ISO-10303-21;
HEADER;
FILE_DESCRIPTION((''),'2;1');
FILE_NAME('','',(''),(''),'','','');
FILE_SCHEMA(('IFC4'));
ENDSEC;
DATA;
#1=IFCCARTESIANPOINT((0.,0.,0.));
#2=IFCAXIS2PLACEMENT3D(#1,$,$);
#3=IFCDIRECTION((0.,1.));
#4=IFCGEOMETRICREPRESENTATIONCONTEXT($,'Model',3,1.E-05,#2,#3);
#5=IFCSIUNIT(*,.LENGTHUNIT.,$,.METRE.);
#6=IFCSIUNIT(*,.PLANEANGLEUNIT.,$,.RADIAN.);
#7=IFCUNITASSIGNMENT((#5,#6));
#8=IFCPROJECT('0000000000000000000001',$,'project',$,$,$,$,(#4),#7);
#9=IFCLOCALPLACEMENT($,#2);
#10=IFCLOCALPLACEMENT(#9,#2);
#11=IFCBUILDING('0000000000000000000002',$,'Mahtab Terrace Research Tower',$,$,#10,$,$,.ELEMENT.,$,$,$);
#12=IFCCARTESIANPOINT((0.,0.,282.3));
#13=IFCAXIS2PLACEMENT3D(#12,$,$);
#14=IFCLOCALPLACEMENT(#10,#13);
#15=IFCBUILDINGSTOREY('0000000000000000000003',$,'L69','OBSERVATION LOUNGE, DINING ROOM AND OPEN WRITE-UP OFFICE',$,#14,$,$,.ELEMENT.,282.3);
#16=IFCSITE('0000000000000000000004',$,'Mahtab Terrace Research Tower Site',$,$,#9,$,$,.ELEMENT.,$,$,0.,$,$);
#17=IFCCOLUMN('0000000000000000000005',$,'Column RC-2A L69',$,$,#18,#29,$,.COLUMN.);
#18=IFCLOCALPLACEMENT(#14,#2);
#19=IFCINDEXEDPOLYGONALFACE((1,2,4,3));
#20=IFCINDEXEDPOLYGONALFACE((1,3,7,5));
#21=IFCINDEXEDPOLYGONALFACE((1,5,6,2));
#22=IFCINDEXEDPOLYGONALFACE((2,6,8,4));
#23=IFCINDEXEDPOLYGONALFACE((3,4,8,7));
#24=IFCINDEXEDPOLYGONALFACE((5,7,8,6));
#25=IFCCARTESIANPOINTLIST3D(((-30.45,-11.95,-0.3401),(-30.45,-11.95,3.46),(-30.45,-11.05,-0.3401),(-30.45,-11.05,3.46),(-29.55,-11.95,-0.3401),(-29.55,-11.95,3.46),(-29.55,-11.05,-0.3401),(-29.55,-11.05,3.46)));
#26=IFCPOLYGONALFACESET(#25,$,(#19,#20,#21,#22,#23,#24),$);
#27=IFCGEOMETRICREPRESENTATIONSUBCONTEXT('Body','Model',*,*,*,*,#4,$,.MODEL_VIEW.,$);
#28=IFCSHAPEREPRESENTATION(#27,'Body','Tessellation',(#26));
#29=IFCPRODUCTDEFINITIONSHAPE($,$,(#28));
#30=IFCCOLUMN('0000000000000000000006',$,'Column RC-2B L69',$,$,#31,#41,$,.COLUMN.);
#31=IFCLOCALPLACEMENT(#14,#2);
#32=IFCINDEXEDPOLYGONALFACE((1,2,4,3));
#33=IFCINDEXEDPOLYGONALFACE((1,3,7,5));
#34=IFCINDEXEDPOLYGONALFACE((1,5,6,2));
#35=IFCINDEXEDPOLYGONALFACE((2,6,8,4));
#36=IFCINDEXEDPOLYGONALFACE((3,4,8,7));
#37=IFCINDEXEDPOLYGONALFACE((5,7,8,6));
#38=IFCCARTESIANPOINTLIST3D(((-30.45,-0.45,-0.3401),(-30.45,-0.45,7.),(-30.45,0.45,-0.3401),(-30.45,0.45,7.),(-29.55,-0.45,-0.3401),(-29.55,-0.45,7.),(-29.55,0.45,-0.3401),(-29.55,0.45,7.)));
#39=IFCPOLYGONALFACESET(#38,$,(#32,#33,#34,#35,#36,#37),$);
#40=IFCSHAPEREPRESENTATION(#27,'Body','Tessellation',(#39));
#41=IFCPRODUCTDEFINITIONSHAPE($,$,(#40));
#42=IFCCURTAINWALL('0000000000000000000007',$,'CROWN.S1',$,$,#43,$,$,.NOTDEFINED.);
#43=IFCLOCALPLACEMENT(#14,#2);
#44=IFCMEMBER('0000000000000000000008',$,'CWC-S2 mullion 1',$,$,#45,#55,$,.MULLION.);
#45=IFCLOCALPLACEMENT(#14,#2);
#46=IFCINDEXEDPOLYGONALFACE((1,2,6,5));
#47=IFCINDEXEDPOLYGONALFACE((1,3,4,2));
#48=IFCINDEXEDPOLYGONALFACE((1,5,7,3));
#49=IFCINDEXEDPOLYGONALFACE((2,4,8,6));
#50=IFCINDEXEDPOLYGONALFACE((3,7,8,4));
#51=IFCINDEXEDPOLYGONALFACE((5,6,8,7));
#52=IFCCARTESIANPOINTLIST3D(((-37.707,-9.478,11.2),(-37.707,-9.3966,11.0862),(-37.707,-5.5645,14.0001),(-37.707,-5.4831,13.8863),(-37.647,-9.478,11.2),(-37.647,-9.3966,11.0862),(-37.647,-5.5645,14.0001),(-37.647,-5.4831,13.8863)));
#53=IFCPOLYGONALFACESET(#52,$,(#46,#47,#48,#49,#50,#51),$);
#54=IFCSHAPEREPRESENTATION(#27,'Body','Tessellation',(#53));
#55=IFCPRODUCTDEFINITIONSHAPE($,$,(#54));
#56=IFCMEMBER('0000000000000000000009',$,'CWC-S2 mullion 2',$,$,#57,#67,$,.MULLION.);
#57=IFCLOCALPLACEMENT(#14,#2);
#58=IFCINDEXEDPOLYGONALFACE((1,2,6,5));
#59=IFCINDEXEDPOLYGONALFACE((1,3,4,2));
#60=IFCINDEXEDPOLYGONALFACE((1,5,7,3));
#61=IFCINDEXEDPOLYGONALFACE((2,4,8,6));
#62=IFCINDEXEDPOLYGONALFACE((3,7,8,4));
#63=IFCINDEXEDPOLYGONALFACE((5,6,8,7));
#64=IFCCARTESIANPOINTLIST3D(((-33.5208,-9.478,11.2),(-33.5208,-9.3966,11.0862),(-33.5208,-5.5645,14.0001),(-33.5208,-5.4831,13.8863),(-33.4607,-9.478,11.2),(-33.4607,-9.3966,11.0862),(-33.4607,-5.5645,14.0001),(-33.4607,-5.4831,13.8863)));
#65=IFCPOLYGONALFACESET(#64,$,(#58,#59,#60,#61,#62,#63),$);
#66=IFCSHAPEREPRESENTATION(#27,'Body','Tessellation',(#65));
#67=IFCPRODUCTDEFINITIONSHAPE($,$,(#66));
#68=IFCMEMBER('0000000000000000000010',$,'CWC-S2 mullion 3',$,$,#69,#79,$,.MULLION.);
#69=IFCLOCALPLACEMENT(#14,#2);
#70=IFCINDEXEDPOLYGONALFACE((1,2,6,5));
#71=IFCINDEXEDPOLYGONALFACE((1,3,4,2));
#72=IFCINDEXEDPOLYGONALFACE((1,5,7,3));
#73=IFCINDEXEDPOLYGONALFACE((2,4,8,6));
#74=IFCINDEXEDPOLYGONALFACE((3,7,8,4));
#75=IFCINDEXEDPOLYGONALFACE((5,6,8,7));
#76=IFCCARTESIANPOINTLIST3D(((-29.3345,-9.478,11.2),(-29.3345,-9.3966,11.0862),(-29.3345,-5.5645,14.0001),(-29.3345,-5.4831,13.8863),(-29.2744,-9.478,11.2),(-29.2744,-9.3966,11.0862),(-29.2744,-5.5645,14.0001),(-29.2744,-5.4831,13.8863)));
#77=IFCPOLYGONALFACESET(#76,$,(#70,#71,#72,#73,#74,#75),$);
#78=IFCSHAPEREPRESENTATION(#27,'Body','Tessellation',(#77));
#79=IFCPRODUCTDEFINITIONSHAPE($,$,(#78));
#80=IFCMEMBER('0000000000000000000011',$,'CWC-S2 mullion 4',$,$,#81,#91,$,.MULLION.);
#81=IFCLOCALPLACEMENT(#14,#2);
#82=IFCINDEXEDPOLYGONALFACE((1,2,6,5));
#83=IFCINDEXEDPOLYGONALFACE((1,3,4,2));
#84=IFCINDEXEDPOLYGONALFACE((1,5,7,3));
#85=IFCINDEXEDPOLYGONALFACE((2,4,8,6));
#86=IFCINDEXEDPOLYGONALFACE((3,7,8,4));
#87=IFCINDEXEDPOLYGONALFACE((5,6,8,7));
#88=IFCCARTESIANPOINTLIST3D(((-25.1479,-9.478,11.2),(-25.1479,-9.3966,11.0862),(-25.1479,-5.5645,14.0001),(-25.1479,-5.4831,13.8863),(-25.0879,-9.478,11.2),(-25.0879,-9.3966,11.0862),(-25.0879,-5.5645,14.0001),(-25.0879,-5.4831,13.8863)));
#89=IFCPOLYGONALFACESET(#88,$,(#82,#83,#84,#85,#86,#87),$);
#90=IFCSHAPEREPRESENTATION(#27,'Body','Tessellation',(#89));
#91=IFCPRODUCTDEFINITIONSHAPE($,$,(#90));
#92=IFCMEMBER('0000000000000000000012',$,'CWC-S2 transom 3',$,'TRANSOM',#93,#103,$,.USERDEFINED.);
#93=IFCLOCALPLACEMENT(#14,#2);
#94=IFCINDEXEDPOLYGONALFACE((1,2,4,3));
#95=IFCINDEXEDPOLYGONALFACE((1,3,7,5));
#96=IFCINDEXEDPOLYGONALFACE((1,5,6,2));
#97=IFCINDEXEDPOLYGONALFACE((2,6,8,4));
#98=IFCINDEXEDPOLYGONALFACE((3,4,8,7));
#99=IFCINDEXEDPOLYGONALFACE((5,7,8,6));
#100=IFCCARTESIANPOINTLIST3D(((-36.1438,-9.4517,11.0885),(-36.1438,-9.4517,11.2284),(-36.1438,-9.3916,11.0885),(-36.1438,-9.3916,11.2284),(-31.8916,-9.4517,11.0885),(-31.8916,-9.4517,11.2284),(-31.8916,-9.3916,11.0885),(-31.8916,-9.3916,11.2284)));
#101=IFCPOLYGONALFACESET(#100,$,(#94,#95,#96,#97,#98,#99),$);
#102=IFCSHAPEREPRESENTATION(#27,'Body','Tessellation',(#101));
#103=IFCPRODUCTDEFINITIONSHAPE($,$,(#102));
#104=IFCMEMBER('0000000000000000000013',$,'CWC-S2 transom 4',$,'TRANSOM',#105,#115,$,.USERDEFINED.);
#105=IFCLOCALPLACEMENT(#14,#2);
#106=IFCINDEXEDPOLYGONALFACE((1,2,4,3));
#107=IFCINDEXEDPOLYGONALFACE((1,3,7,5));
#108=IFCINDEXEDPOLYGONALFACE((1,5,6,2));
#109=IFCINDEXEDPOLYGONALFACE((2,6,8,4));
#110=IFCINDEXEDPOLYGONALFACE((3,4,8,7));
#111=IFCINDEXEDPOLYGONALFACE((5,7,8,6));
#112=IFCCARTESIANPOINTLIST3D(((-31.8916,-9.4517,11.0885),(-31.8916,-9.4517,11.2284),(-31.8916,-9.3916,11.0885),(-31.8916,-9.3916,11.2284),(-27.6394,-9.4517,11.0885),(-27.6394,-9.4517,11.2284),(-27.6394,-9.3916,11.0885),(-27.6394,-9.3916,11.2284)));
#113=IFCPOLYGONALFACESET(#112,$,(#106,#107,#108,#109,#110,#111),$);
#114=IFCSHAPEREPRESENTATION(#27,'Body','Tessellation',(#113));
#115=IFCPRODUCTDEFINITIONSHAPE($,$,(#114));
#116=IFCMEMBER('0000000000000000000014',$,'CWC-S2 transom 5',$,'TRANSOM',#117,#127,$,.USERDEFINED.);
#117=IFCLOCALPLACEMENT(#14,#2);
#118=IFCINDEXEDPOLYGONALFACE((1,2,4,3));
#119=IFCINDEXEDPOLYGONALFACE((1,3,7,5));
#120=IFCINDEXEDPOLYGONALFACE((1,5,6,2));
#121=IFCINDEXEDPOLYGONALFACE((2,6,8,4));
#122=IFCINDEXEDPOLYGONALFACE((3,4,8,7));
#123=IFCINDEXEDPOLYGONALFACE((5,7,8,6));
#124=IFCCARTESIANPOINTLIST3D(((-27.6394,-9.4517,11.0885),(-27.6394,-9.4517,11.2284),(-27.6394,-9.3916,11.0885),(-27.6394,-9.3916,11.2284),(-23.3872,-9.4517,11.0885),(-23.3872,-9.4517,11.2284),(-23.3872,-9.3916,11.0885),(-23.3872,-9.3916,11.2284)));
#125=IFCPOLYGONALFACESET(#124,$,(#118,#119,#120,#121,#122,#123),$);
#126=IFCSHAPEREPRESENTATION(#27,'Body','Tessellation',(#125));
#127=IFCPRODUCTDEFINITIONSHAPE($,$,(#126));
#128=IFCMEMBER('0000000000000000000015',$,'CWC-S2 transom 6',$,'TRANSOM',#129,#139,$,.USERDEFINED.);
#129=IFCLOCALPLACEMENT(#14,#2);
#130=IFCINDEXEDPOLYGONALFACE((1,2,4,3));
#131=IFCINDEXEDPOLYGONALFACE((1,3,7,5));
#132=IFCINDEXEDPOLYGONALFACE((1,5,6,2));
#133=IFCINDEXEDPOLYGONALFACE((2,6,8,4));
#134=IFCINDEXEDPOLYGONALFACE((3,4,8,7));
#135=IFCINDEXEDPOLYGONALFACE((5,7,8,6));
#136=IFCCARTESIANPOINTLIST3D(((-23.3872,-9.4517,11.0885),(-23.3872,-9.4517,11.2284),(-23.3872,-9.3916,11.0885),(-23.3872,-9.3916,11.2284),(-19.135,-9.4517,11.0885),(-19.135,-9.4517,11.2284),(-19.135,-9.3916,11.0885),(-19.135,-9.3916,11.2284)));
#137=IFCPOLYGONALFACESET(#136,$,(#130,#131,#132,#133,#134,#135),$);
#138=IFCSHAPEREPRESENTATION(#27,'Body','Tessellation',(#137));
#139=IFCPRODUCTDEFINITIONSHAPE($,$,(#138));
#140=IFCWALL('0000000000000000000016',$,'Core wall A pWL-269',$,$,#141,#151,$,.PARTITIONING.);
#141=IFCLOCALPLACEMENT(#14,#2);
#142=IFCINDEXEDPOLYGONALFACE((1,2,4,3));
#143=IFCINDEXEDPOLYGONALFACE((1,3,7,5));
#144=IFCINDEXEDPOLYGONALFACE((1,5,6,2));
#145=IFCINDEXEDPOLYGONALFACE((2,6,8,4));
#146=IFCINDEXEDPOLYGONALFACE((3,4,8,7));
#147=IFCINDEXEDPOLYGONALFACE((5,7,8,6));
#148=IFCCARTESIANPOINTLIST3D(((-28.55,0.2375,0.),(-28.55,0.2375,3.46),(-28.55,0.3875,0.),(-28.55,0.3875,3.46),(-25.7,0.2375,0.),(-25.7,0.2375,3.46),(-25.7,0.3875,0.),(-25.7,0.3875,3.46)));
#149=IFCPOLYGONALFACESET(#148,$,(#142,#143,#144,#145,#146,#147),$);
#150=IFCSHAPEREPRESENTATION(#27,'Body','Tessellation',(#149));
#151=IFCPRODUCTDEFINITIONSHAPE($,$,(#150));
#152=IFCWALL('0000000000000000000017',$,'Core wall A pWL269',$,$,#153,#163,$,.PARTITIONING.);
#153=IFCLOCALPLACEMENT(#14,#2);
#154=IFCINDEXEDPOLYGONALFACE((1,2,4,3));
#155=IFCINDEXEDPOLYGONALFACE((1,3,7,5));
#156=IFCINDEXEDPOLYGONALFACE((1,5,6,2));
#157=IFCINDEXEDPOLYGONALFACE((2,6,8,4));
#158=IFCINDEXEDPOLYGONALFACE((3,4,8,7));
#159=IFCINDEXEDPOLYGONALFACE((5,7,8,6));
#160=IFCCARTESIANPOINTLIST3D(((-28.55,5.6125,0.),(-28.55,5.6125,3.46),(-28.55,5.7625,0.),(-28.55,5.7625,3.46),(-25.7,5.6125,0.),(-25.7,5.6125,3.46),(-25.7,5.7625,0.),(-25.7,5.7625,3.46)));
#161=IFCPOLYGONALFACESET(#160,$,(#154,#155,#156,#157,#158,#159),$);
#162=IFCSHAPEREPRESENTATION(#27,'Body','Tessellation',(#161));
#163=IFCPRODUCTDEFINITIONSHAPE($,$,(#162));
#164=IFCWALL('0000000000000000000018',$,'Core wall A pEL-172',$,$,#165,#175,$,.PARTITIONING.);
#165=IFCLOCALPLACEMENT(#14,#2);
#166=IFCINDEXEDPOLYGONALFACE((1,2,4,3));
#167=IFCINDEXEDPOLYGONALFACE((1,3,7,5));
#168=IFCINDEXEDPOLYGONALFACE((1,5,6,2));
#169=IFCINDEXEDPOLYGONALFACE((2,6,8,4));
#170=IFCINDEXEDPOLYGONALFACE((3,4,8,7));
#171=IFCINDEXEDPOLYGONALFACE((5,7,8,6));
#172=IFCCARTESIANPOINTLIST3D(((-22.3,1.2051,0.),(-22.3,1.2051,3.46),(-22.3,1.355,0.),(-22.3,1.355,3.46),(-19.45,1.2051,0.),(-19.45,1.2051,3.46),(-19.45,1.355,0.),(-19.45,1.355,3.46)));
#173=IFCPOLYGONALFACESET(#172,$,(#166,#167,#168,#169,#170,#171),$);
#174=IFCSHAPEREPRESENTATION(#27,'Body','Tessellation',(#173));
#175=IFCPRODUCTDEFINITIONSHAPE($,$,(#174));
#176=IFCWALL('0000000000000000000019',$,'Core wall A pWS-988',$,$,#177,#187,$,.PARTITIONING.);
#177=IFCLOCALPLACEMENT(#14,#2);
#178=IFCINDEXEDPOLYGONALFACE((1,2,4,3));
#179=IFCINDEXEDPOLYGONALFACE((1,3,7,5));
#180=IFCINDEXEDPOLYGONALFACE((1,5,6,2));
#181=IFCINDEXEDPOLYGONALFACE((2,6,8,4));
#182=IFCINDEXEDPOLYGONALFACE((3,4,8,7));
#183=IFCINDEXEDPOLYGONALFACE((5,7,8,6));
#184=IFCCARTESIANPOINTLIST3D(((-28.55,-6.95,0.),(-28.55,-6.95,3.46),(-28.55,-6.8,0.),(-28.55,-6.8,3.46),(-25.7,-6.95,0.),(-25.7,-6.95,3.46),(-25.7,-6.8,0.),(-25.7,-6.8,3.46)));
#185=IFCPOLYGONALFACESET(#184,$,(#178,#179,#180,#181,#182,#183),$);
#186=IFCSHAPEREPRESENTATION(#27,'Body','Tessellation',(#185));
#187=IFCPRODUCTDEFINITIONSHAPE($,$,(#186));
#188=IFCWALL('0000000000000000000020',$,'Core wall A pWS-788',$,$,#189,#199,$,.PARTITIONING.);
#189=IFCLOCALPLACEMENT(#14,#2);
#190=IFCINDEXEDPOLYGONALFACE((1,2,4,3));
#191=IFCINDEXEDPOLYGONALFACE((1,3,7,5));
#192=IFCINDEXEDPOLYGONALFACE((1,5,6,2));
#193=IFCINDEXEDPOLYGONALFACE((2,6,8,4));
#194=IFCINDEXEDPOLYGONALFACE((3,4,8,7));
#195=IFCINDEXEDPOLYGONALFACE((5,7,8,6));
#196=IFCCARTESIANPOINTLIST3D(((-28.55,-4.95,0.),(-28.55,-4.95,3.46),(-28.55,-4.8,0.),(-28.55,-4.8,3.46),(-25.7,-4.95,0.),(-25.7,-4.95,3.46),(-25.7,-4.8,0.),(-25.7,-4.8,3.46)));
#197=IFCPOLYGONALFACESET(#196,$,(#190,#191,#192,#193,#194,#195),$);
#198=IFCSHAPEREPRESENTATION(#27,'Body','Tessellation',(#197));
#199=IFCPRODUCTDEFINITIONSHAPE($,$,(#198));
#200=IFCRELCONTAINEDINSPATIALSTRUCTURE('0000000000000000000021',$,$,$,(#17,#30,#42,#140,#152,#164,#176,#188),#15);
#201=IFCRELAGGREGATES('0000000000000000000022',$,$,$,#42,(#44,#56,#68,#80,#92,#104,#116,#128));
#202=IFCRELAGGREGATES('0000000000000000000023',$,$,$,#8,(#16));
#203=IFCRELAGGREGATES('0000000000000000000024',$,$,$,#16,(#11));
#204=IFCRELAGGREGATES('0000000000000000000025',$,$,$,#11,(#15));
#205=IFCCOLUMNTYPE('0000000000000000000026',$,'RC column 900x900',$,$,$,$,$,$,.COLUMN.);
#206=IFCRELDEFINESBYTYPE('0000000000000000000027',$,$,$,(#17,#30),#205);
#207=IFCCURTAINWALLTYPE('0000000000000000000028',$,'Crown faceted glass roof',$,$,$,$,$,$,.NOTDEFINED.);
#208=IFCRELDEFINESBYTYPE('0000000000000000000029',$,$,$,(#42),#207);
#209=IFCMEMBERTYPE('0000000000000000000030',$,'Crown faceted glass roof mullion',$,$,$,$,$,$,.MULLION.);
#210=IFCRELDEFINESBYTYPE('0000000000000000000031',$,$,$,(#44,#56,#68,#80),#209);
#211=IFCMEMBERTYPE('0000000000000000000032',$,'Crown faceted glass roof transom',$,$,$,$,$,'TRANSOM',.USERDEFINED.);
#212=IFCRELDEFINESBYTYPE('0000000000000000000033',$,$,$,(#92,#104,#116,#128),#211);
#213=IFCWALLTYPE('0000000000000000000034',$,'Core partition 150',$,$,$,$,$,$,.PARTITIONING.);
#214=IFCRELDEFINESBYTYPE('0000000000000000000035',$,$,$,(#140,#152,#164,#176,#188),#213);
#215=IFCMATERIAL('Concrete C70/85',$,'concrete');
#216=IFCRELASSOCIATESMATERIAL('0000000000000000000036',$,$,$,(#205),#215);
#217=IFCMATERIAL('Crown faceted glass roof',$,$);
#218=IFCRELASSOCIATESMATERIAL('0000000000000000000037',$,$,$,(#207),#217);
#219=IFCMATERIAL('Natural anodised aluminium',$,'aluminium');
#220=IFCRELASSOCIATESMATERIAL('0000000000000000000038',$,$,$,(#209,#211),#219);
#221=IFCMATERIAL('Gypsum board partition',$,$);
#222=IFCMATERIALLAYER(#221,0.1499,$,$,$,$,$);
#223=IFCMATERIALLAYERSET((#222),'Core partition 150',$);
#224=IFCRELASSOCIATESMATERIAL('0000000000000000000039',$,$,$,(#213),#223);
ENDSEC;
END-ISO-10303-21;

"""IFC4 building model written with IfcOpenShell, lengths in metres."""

from ifc_helpers import new_model, si_unit, direction, frame, frame_2d, origin, origin_2d, place, context, subcontext, project, spatial, rectangle, extrude, material, layer, layer_set, material_profile, profile_set, type_object, element, aggregate, save


model = new_model("IFC4")

# Units and contexts
model_context = context("Model", 3, precision=1e-05, world=origin(), true_north=direction((0.0, 1.0)))
body_context = subcontext(model_context, "Body", "Model", "MODEL_VIEW")
ifc_project = project(units=[si_unit("LENGTHUNIT", "METRE"), si_unit("PLANEANGLEUNIT", "RADIAN")], contexts=[model_context])

# Site, building, storey
site_placement = place(None, origin())
site = spatial("IfcSite", under=ifc_project, at=site_placement, Name="Mahtab Terrace Research Tower Site", CompositionType="ELEMENT", RefElevation=0.0)
building_placement = place(site_placement, origin())
building = spatial("IfcBuilding", under=site, at=building_placement, Name="Mahtab Terrace Research Tower", CompositionType="ELEMENT")
storey_placement = place(building_placement, frame((0.0, 0.0, 282.3)))
storey = spatial("IfcBuildingStorey", under=building, at=storey_placement, Name="L69", Description="OBSERVATION LOUNGE, DINING ROOM AND OPEN WRITE-UP OFFICE", CompositionType="ELEMENT", Elevation=282.3)

# Columns
ifc_material_1 = material(Name="Concrete C70/85", Category="concrete")
ifc_material_profile_1 = material_profile(ifc_material_1, rectangle(XDim=0.8999, YDim=0.8999, at=origin_2d()), Name="RC column 900x900")
ifc_profile_set_1 = profile_set([ifc_material_profile_1], Name="Concrete C70/85")
column_type = type_object("IfcColumnType", Name="RC column 900x900", PredefinedType="COLUMN", material=ifc_profile_set_1)
column_1_placement = place(storey_placement, frame((-30.0, -11.5, -0.3401), z_axis=(0.0, 0.0, 1.0), x_axis=(1.0, 0.0, 0.0)))
element("IfcColumn", 1, at=column_1_placement, inside=storey, type_object=column_type, Name="Column RC-2A L69", PredefinedType="COLUMN", context=body_context, shape_type="SweptSolid", body=[
    extrude(rectangle(XDim=0.8999, YDim=0.8999, at=origin_2d()), origin(), (0.0, 0.0, 1.0), 3.8),
])
column_2_placement = place(storey_placement, frame((-30.0, 0.0, -0.3401), z_axis=(0.0, 0.0, 1.0), x_axis=(1.0, 0.0, 0.0)))
element("IfcColumn", 2, at=column_2_placement, inside=storey, type_object=column_type, Name="Column RC-2B L69", PredefinedType="COLUMN", context=body_context, shape_type="SweptSolid", body=[
    extrude(rectangle(XDim=0.8999, YDim=0.8999, at=origin_2d()), origin(), (0.0, 0.0, 1.0), 7.3401),
])

# Curtain wall, members
ifc_material_2 = material(Name="Crown faceted glass roof")
curtain_wall_type = type_object("IfcCurtainWallType", Name="Crown faceted glass roof", PredefinedType="NOTDEFINED", material=ifc_material_2)
curtain_wall_placement = place(storey_placement, origin())
curtain_wall = element("IfcCurtainWall", 3, at=curtain_wall_placement, inside=storey, type_object=curtain_wall_type, Name="CROWN.S1", PredefinedType="NOTDEFINED")
ifc_material_3 = material(Name="Natural anodised aluminium", Category="aluminium")
ifc_material_profile_2 = material_profile(ifc_material_3, rectangle(XDim=0.0601, YDim=0.1399, at=origin_2d()), Name="MULLION 60x140")
ifc_profile_set_2 = profile_set([ifc_material_profile_2], Name="Natural anodised aluminium")
member_type_1 = type_object("IfcMemberType", Name="Crown faceted glass roof mullion", PredefinedType="MULLION", material=ifc_profile_set_2)
member_1_placement = place(storey_placement, frame((-37.677, -9.4373, 11.1431), z_axis=(0.0, 0.81326, 0.5819), x_axis=(-1.0, 0.0, 0.0)))
member_1 = element("IfcMember", 4, at=member_1_placement, type_object=member_type_1, Name="CWC-S2 mullion 1", PredefinedType="MULLION", context=body_context, shape_type="SweptSolid", body=[
    extrude(rectangle(XDim=0.0601, YDim=0.1399, at=origin_2d()), origin(), (0.0, 0.0, 1.0), 4.812),
])
member_2_placement = place(storey_placement, frame((-33.4907, -9.4373, 11.1431), z_axis=(0.0, 0.81326, 0.5819), x_axis=(-1.0, 0.0, 0.0)))
member_2 = element("IfcMember", 5, at=member_2_placement, type_object=member_type_1, Name="CWC-S2 mullion 2", PredefinedType="MULLION", context=body_context, shape_type="SweptSolid", body=[
    extrude(rectangle(XDim=0.0601, YDim=0.1399, at=origin_2d()), origin(), (0.0, 0.0, 1.0), 4.812),
])
member_3_placement = place(storey_placement, frame((-29.3044, -9.4373, 11.1431), z_axis=(0.0, 0.81326, 0.5819), x_axis=(-1.0, 0.0, 0.0)))
member_3 = element("IfcMember", 6, at=member_3_placement, type_object=member_type_1, Name="CWC-S2 mullion 3", PredefinedType="MULLION", context=body_context, shape_type="SweptSolid", body=[
    extrude(rectangle(XDim=0.0601, YDim=0.1399, at=origin_2d()), origin(), (0.0, 0.0, 1.0), 4.812),
])
member_4_placement = place(storey_placement, frame((-25.1179, -9.4373, 11.1431), z_axis=(0.0, 0.81326, 0.5819), x_axis=(-1.0, 0.0, 0.0)))
member_4 = element("IfcMember", 7, at=member_4_placement, type_object=member_type_1, Name="CWC-S2 mullion 4", PredefinedType="MULLION", context=body_context, shape_type="SweptSolid", body=[
    extrude(rectangle(XDim=0.0601, YDim=0.1399, at=origin_2d()), origin(), (0.0, 0.0, 1.0), 4.812),
])
ifc_material_profile_3 = material_profile(ifc_material_3, rectangle(XDim=0.0601, YDim=0.1399, at=origin_2d()), Name="TRANSOM 60x140")
ifc_profile_set_3 = profile_set([ifc_material_profile_3], Name="Natural anodised aluminium")
member_type_2 = type_object("IfcMemberType", Name="Crown faceted glass roof transom", ElementType="TRANSOM", PredefinedType="USERDEFINED", material=ifc_profile_set_3)
member_5_placement = place(storey_placement, frame((-36.1438, -9.4216, 11.1584), z_axis=(1.0, 0.0, 0.0), x_axis=(0.0, 1.0, 0.0)))
member_5 = element("IfcMember", 8, at=member_5_placement, type_object=member_type_2, Name="CWC-S2 transom 3", ObjectType="TRANSOM", PredefinedType="USERDEFINED", context=body_context, shape_type="SweptSolid", body=[
    extrude(rectangle(XDim=0.0601, YDim=0.1399, at=origin_2d()), origin(), (0.0, 0.0, 1.0), 4.2522),
])
member_6_placement = place(storey_placement, frame((-31.8916, -9.4216, 11.1584), z_axis=(1.0, 0.0, 0.0), x_axis=(0.0, 1.0, 0.0)))
member_6 = element("IfcMember", 9, at=member_6_placement, type_object=member_type_2, Name="CWC-S2 transom 4", ObjectType="TRANSOM", PredefinedType="USERDEFINED", context=body_context, shape_type="SweptSolid", body=[
    extrude(rectangle(XDim=0.0601, YDim=0.1399, at=origin_2d()), origin(), (0.0, 0.0, 1.0), 4.2522),
])
member_7_placement = place(storey_placement, frame((-27.6394, -9.4216, 11.1584), z_axis=(1.0, 0.0, 0.0), x_axis=(0.0, 1.0, 0.0)))
member_7 = element("IfcMember", 10, at=member_7_placement, type_object=member_type_2, Name="CWC-S2 transom 5", ObjectType="TRANSOM", PredefinedType="USERDEFINED", context=body_context, shape_type="SweptSolid", body=[
    extrude(rectangle(XDim=0.0601, YDim=0.1399, at=origin_2d()), origin(), (0.0, 0.0, 1.0), 4.2522),
])
member_8_placement = place(storey_placement, frame((-23.3872, -9.4216, 11.1584), z_axis=(1.0, 0.0, 0.0), x_axis=(0.0, 1.0, 0.0)))
member_8 = element("IfcMember", 11, at=member_8_placement, type_object=member_type_2, Name="CWC-S2 transom 6", ObjectType="TRANSOM", PredefinedType="USERDEFINED", context=body_context, shape_type="SweptSolid", body=[
    extrude(rectangle(XDim=0.0601, YDim=0.1399, at=origin_2d()), origin(), (0.0, 0.0, 1.0), 4.2522),
])
aggregate(curtain_wall, [member_1, member_2, member_3, member_4, member_5, member_6, member_7, member_8])

# Walls
ifc_material_4 = material(Name="Gypsum board partition")
ifc_layer_1 = layer(ifc_material_4, 0.1499)
ifc_layer_set_1 = layer_set([ifc_layer_1], Name="Core partition 150")
wall_type_1 = type_object("IfcWallType", Name="Core partition 150", PredefinedType="PARTITIONING", material=ifc_layer_set_1)
for number, where, z_axis, x_axis, name in (
    (12, (-28.55, 0.3125, 0.0), (0.0, 0.0, 1.0), (1.0, 0.0, 0.0), "Core wall A pWL-269"),
    (13, (-28.55, 5.6875, 0.0), (0.0, 0.0, 1.0), (1.0, 0.0, 0.0), "Core wall A pWL269"),
    (14, (-22.3, 1.28, 0.0), (0.0, 0.0, 1.0), (1.0, 0.0, 0.0), "Core wall A pEL-172"),
    (15, (-28.55, -6.875, 0.0), (0.0, 0.0, 1.0), (1.0, 0.0, 0.0), "Core wall A pWS-988"),
    (16, (-28.55, -4.875, 0.0), (0.0, 0.0, 1.0), (1.0, 0.0, 0.0), "Core wall A pWS-788"),
):
    element("IfcWall", number, at=place(storey_placement, frame(where, z_axis=z_axis, x_axis=x_axis)), inside=storey, type_object=wall_type_1, Name=name, PredefinedType="PARTITIONING", context=body_context, shape_type="SweptSolid", body=[
        extrude(rectangle(XDim=2.8501, YDim=0.1499, at=frame_2d((1.425, 0.0))), origin(), (0.0, 0.0, 1.0), 3.46),
    ])

save(model, "model.ifc")
